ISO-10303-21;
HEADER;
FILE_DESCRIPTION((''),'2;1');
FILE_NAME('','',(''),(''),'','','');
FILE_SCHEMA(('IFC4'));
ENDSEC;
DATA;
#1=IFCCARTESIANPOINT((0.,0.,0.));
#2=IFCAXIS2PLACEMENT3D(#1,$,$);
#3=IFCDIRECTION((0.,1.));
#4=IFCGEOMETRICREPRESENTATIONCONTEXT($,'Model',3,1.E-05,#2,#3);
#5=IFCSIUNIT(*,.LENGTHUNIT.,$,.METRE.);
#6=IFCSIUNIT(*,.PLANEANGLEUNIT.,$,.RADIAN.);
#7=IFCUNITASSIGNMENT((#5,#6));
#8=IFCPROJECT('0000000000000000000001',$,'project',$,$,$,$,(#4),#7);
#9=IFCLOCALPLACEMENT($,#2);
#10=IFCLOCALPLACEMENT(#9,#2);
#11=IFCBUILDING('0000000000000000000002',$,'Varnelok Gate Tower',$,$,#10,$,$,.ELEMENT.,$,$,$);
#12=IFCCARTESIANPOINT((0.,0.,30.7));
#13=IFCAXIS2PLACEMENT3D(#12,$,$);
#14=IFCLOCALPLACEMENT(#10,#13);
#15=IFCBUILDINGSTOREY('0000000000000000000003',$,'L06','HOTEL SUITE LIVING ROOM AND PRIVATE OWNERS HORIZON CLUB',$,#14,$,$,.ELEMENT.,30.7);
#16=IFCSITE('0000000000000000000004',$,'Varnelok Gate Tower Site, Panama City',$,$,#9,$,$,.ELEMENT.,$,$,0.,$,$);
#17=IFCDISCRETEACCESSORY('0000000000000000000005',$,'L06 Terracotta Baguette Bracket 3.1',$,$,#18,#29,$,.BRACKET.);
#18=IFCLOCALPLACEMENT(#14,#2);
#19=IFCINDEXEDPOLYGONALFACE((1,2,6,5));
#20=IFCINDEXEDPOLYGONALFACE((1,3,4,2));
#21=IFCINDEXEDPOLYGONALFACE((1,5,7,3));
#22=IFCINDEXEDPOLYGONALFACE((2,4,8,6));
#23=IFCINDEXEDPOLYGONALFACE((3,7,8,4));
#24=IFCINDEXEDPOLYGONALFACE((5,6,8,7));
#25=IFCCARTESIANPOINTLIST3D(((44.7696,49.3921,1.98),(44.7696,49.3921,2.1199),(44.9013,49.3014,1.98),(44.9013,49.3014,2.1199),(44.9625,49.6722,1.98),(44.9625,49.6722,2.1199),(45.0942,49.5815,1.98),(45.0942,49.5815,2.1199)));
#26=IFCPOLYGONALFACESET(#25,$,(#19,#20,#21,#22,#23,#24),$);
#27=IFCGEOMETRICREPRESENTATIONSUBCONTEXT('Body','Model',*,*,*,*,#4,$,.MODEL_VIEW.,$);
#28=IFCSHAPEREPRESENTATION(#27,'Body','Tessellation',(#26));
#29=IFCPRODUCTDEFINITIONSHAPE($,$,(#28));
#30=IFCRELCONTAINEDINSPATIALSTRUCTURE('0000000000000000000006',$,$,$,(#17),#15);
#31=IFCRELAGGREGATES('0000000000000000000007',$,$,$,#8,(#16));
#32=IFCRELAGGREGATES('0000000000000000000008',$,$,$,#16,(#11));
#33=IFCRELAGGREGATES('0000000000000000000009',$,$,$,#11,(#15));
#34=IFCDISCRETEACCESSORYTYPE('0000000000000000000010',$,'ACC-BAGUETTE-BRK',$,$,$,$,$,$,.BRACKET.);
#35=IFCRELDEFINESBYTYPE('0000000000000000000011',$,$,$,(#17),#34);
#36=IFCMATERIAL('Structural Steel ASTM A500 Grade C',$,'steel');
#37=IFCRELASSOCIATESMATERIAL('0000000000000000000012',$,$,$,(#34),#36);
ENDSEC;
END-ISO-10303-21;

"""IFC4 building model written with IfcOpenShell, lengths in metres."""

from ifc_helpers import new_model, si_unit, direction, frame, origin, origin_2d, place, context, subcontext, project, spatial, rectangle, extrude, source, transform, mapped, material, type_object, element, save


model = new_model("IFC4")

# Units and contexts
model_context = context("Model", 3, precision=1e-05, world=origin(), true_north=direction((0.0, 1.0)))
body_context = subcontext(model_context, "Body", "Model", "MODEL_VIEW")
ifc_project = project(units=[si_unit("LENGTHUNIT", "METRE"), si_unit("PLANEANGLEUNIT", "RADIAN")], contexts=[model_context])

# Site, building, storey
site_placement = place(None, origin())
site = spatial("IfcSite", under=ifc_project, at=site_placement, Name="Varnelok Gate Tower Site, Panama City", CompositionType="ELEMENT", RefElevation=0.0)
building_placement = place(site_placement, origin())
building = spatial("IfcBuilding", under=site, at=building_placement, Name="Varnelok Gate Tower", CompositionType="ELEMENT")
storey_placement = place(building_placement, frame((0.0, 0.0, 30.7)))
storey = spatial("IfcBuildingStorey", under=building, at=storey_placement, Name="L06", Description="HOTEL SUITE LIVING ROOM AND PRIVATE OWNERS HORIZON CLUB", CompositionType="ELEMENT", Elevation=30.7)

# Discrete accessory
ifc_material_1 = material(Name="Structural Steel ASTM A500 Grade C", Category="steel")
discrete_accessory_type = type_object("IfcDiscreteAccessoryType", Name="ACC-BAGUETTE-BRK", PredefinedType="BRACKET", material=ifc_material_1)
shared_shape_1 = source(origin(), body_context, "Body", "SweptSolid", [
    extrude(rectangle(XDim=0.1599, YDim=0.3401, at=origin_2d()), origin(), (0.0, 0.0, 1.0), 0.1399),
])
discrete_accessory_placement = place(storey_placement, frame((44.9319, 49.4868, 1.98), z_axis=(0.0, 0.0, 1.0), x_axis=(0.823533, -0.567269, 0.0)))
element("IfcDiscreteAccessory", 1, at=discrete_accessory_placement, inside=storey, type_object=discrete_accessory_type, Name="L06 Terracotta Baguette Bracket 3.1", PredefinedType="BRACKET", context=body_context, shape_type="MappedRepresentation", body=[
    mapped(shared_shape_1, transform((0.0, 0.0, 0.0), scale=1.0)),
])

save(model, "model.ifc")
